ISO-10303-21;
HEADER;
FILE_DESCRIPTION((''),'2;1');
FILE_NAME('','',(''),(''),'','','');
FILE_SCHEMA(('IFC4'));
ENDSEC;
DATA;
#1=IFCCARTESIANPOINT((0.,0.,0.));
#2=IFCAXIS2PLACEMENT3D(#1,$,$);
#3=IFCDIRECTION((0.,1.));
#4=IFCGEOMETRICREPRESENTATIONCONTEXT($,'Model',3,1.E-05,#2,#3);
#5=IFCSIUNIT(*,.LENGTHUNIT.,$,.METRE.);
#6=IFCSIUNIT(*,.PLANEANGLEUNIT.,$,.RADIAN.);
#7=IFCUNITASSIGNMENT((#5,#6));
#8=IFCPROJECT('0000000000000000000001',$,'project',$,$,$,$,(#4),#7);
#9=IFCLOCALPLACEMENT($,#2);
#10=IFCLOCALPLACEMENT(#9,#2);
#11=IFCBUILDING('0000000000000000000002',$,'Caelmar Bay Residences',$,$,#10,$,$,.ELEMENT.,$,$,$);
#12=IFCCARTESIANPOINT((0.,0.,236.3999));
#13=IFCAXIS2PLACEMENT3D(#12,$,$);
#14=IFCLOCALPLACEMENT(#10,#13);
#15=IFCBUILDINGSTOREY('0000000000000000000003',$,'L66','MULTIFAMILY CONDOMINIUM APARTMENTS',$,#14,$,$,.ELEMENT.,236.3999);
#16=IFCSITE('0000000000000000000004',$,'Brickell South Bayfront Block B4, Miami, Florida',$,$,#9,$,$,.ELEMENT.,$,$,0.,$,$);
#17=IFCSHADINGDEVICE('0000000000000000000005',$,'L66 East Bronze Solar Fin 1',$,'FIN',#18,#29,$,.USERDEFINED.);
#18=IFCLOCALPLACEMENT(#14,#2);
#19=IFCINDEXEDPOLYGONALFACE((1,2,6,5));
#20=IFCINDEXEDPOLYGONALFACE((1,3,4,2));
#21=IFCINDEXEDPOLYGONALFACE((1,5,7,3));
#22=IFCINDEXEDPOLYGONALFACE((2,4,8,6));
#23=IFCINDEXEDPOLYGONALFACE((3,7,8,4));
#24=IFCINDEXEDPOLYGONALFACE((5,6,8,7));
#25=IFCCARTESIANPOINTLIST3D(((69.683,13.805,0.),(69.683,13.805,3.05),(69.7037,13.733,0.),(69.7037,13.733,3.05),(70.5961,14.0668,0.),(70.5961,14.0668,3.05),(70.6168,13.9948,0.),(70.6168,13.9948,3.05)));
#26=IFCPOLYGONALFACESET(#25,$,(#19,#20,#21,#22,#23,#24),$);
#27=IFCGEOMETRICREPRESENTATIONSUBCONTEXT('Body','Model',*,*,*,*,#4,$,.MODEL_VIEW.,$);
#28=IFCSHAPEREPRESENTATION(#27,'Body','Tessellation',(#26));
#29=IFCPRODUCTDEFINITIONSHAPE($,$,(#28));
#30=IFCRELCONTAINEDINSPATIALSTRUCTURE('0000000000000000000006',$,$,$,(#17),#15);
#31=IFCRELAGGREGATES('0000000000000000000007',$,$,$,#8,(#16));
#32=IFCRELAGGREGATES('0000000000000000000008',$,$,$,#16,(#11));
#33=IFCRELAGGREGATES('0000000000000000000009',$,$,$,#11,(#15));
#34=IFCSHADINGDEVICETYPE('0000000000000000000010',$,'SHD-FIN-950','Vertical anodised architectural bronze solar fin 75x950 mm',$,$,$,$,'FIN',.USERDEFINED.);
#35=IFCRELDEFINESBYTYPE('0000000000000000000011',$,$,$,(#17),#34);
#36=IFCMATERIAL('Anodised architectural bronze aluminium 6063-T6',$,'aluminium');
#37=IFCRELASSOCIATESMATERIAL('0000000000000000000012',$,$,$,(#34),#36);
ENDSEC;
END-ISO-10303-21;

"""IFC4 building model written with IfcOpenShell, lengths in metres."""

from ifc_helpers import new_model, si_unit, direction, frame, origin, origin_2d, place, context, subcontext, project, spatial, rectangle, extrude, material, material_profile, profile_set, type_object, element, save


model = new_model("IFC4")

# Units and contexts
model_context = context("Model", 3, precision=1e-05, world=origin(), true_north=direction((0.0, 1.0)))
body_context = subcontext(model_context, "Body", "Model", "MODEL_VIEW")
ifc_project = project(units=[si_unit("LENGTHUNIT", "METRE"), si_unit("PLANEANGLEUNIT", "RADIAN")], contexts=[model_context])

# Site, building, storey
site_placement = place(None, origin())
site = spatial("IfcSite", under=ifc_project, at=site_placement, Name="Brickell South Bayfront Block B4, Miami, Florida", CompositionType="ELEMENT", RefElevation=0.0)
building_placement = place(site_placement, origin())
building = spatial("IfcBuilding", under=site, at=building_placement, Name="Caelmar Bay Residences", CompositionType="ELEMENT")
storey_placement = place(building_placement, frame((0.0, 0.0, 236.3999)))
storey = spatial("IfcBuildingStorey", under=building, at=storey_placement, Name="L66", Description="MULTIFAMILY CONDOMINIUM APARTMENTS", CompositionType="ELEMENT", Elevation=236.3999)

# Shading device
ifc_material_1 = material(Name="Anodised architectural bronze aluminium 6063-T6", Category="aluminium")
ifc_material_profile_1 = material_profile(ifc_material_1, rectangle(XDim=0.075, YDim=0.95, at=origin_2d()), Name="BRONZE-FIN-75X950")
ifc_profile_set_1 = profile_set([ifc_material_profile_1], Name="Anodised architectural bronze aluminium 6063-T6")
shading_device_type = type_object("IfcShadingDeviceType", Name="SHD-FIN-950", Description="Vertical anodised architectural bronze solar fin 75x950 mm", ElementType="FIN", PredefinedType="USERDEFINED", material=ifc_profile_set_1)
shading_device_placement = place(storey_placement, frame((70.1499, 13.8999, 0.0), z_axis=(0.0, 0.0, 1.0), x_axis=(-0.275637, 0.961262, 0.0)))
element("IfcShadingDevice", 1, at=shading_device_placement, inside=storey, type_object=shading_device_type, Name="L66 East Bronze Solar Fin 1", ObjectType="FIN", PredefinedType="USERDEFINED", context=body_context, shape_type="SweptSolid", body=[
    extrude(rectangle(XDim=0.075, YDim=0.95, at=origin_2d()), origin(), (0.0, 0.0, 1.0), 3.05),
])

save(model, "model.ifc")
